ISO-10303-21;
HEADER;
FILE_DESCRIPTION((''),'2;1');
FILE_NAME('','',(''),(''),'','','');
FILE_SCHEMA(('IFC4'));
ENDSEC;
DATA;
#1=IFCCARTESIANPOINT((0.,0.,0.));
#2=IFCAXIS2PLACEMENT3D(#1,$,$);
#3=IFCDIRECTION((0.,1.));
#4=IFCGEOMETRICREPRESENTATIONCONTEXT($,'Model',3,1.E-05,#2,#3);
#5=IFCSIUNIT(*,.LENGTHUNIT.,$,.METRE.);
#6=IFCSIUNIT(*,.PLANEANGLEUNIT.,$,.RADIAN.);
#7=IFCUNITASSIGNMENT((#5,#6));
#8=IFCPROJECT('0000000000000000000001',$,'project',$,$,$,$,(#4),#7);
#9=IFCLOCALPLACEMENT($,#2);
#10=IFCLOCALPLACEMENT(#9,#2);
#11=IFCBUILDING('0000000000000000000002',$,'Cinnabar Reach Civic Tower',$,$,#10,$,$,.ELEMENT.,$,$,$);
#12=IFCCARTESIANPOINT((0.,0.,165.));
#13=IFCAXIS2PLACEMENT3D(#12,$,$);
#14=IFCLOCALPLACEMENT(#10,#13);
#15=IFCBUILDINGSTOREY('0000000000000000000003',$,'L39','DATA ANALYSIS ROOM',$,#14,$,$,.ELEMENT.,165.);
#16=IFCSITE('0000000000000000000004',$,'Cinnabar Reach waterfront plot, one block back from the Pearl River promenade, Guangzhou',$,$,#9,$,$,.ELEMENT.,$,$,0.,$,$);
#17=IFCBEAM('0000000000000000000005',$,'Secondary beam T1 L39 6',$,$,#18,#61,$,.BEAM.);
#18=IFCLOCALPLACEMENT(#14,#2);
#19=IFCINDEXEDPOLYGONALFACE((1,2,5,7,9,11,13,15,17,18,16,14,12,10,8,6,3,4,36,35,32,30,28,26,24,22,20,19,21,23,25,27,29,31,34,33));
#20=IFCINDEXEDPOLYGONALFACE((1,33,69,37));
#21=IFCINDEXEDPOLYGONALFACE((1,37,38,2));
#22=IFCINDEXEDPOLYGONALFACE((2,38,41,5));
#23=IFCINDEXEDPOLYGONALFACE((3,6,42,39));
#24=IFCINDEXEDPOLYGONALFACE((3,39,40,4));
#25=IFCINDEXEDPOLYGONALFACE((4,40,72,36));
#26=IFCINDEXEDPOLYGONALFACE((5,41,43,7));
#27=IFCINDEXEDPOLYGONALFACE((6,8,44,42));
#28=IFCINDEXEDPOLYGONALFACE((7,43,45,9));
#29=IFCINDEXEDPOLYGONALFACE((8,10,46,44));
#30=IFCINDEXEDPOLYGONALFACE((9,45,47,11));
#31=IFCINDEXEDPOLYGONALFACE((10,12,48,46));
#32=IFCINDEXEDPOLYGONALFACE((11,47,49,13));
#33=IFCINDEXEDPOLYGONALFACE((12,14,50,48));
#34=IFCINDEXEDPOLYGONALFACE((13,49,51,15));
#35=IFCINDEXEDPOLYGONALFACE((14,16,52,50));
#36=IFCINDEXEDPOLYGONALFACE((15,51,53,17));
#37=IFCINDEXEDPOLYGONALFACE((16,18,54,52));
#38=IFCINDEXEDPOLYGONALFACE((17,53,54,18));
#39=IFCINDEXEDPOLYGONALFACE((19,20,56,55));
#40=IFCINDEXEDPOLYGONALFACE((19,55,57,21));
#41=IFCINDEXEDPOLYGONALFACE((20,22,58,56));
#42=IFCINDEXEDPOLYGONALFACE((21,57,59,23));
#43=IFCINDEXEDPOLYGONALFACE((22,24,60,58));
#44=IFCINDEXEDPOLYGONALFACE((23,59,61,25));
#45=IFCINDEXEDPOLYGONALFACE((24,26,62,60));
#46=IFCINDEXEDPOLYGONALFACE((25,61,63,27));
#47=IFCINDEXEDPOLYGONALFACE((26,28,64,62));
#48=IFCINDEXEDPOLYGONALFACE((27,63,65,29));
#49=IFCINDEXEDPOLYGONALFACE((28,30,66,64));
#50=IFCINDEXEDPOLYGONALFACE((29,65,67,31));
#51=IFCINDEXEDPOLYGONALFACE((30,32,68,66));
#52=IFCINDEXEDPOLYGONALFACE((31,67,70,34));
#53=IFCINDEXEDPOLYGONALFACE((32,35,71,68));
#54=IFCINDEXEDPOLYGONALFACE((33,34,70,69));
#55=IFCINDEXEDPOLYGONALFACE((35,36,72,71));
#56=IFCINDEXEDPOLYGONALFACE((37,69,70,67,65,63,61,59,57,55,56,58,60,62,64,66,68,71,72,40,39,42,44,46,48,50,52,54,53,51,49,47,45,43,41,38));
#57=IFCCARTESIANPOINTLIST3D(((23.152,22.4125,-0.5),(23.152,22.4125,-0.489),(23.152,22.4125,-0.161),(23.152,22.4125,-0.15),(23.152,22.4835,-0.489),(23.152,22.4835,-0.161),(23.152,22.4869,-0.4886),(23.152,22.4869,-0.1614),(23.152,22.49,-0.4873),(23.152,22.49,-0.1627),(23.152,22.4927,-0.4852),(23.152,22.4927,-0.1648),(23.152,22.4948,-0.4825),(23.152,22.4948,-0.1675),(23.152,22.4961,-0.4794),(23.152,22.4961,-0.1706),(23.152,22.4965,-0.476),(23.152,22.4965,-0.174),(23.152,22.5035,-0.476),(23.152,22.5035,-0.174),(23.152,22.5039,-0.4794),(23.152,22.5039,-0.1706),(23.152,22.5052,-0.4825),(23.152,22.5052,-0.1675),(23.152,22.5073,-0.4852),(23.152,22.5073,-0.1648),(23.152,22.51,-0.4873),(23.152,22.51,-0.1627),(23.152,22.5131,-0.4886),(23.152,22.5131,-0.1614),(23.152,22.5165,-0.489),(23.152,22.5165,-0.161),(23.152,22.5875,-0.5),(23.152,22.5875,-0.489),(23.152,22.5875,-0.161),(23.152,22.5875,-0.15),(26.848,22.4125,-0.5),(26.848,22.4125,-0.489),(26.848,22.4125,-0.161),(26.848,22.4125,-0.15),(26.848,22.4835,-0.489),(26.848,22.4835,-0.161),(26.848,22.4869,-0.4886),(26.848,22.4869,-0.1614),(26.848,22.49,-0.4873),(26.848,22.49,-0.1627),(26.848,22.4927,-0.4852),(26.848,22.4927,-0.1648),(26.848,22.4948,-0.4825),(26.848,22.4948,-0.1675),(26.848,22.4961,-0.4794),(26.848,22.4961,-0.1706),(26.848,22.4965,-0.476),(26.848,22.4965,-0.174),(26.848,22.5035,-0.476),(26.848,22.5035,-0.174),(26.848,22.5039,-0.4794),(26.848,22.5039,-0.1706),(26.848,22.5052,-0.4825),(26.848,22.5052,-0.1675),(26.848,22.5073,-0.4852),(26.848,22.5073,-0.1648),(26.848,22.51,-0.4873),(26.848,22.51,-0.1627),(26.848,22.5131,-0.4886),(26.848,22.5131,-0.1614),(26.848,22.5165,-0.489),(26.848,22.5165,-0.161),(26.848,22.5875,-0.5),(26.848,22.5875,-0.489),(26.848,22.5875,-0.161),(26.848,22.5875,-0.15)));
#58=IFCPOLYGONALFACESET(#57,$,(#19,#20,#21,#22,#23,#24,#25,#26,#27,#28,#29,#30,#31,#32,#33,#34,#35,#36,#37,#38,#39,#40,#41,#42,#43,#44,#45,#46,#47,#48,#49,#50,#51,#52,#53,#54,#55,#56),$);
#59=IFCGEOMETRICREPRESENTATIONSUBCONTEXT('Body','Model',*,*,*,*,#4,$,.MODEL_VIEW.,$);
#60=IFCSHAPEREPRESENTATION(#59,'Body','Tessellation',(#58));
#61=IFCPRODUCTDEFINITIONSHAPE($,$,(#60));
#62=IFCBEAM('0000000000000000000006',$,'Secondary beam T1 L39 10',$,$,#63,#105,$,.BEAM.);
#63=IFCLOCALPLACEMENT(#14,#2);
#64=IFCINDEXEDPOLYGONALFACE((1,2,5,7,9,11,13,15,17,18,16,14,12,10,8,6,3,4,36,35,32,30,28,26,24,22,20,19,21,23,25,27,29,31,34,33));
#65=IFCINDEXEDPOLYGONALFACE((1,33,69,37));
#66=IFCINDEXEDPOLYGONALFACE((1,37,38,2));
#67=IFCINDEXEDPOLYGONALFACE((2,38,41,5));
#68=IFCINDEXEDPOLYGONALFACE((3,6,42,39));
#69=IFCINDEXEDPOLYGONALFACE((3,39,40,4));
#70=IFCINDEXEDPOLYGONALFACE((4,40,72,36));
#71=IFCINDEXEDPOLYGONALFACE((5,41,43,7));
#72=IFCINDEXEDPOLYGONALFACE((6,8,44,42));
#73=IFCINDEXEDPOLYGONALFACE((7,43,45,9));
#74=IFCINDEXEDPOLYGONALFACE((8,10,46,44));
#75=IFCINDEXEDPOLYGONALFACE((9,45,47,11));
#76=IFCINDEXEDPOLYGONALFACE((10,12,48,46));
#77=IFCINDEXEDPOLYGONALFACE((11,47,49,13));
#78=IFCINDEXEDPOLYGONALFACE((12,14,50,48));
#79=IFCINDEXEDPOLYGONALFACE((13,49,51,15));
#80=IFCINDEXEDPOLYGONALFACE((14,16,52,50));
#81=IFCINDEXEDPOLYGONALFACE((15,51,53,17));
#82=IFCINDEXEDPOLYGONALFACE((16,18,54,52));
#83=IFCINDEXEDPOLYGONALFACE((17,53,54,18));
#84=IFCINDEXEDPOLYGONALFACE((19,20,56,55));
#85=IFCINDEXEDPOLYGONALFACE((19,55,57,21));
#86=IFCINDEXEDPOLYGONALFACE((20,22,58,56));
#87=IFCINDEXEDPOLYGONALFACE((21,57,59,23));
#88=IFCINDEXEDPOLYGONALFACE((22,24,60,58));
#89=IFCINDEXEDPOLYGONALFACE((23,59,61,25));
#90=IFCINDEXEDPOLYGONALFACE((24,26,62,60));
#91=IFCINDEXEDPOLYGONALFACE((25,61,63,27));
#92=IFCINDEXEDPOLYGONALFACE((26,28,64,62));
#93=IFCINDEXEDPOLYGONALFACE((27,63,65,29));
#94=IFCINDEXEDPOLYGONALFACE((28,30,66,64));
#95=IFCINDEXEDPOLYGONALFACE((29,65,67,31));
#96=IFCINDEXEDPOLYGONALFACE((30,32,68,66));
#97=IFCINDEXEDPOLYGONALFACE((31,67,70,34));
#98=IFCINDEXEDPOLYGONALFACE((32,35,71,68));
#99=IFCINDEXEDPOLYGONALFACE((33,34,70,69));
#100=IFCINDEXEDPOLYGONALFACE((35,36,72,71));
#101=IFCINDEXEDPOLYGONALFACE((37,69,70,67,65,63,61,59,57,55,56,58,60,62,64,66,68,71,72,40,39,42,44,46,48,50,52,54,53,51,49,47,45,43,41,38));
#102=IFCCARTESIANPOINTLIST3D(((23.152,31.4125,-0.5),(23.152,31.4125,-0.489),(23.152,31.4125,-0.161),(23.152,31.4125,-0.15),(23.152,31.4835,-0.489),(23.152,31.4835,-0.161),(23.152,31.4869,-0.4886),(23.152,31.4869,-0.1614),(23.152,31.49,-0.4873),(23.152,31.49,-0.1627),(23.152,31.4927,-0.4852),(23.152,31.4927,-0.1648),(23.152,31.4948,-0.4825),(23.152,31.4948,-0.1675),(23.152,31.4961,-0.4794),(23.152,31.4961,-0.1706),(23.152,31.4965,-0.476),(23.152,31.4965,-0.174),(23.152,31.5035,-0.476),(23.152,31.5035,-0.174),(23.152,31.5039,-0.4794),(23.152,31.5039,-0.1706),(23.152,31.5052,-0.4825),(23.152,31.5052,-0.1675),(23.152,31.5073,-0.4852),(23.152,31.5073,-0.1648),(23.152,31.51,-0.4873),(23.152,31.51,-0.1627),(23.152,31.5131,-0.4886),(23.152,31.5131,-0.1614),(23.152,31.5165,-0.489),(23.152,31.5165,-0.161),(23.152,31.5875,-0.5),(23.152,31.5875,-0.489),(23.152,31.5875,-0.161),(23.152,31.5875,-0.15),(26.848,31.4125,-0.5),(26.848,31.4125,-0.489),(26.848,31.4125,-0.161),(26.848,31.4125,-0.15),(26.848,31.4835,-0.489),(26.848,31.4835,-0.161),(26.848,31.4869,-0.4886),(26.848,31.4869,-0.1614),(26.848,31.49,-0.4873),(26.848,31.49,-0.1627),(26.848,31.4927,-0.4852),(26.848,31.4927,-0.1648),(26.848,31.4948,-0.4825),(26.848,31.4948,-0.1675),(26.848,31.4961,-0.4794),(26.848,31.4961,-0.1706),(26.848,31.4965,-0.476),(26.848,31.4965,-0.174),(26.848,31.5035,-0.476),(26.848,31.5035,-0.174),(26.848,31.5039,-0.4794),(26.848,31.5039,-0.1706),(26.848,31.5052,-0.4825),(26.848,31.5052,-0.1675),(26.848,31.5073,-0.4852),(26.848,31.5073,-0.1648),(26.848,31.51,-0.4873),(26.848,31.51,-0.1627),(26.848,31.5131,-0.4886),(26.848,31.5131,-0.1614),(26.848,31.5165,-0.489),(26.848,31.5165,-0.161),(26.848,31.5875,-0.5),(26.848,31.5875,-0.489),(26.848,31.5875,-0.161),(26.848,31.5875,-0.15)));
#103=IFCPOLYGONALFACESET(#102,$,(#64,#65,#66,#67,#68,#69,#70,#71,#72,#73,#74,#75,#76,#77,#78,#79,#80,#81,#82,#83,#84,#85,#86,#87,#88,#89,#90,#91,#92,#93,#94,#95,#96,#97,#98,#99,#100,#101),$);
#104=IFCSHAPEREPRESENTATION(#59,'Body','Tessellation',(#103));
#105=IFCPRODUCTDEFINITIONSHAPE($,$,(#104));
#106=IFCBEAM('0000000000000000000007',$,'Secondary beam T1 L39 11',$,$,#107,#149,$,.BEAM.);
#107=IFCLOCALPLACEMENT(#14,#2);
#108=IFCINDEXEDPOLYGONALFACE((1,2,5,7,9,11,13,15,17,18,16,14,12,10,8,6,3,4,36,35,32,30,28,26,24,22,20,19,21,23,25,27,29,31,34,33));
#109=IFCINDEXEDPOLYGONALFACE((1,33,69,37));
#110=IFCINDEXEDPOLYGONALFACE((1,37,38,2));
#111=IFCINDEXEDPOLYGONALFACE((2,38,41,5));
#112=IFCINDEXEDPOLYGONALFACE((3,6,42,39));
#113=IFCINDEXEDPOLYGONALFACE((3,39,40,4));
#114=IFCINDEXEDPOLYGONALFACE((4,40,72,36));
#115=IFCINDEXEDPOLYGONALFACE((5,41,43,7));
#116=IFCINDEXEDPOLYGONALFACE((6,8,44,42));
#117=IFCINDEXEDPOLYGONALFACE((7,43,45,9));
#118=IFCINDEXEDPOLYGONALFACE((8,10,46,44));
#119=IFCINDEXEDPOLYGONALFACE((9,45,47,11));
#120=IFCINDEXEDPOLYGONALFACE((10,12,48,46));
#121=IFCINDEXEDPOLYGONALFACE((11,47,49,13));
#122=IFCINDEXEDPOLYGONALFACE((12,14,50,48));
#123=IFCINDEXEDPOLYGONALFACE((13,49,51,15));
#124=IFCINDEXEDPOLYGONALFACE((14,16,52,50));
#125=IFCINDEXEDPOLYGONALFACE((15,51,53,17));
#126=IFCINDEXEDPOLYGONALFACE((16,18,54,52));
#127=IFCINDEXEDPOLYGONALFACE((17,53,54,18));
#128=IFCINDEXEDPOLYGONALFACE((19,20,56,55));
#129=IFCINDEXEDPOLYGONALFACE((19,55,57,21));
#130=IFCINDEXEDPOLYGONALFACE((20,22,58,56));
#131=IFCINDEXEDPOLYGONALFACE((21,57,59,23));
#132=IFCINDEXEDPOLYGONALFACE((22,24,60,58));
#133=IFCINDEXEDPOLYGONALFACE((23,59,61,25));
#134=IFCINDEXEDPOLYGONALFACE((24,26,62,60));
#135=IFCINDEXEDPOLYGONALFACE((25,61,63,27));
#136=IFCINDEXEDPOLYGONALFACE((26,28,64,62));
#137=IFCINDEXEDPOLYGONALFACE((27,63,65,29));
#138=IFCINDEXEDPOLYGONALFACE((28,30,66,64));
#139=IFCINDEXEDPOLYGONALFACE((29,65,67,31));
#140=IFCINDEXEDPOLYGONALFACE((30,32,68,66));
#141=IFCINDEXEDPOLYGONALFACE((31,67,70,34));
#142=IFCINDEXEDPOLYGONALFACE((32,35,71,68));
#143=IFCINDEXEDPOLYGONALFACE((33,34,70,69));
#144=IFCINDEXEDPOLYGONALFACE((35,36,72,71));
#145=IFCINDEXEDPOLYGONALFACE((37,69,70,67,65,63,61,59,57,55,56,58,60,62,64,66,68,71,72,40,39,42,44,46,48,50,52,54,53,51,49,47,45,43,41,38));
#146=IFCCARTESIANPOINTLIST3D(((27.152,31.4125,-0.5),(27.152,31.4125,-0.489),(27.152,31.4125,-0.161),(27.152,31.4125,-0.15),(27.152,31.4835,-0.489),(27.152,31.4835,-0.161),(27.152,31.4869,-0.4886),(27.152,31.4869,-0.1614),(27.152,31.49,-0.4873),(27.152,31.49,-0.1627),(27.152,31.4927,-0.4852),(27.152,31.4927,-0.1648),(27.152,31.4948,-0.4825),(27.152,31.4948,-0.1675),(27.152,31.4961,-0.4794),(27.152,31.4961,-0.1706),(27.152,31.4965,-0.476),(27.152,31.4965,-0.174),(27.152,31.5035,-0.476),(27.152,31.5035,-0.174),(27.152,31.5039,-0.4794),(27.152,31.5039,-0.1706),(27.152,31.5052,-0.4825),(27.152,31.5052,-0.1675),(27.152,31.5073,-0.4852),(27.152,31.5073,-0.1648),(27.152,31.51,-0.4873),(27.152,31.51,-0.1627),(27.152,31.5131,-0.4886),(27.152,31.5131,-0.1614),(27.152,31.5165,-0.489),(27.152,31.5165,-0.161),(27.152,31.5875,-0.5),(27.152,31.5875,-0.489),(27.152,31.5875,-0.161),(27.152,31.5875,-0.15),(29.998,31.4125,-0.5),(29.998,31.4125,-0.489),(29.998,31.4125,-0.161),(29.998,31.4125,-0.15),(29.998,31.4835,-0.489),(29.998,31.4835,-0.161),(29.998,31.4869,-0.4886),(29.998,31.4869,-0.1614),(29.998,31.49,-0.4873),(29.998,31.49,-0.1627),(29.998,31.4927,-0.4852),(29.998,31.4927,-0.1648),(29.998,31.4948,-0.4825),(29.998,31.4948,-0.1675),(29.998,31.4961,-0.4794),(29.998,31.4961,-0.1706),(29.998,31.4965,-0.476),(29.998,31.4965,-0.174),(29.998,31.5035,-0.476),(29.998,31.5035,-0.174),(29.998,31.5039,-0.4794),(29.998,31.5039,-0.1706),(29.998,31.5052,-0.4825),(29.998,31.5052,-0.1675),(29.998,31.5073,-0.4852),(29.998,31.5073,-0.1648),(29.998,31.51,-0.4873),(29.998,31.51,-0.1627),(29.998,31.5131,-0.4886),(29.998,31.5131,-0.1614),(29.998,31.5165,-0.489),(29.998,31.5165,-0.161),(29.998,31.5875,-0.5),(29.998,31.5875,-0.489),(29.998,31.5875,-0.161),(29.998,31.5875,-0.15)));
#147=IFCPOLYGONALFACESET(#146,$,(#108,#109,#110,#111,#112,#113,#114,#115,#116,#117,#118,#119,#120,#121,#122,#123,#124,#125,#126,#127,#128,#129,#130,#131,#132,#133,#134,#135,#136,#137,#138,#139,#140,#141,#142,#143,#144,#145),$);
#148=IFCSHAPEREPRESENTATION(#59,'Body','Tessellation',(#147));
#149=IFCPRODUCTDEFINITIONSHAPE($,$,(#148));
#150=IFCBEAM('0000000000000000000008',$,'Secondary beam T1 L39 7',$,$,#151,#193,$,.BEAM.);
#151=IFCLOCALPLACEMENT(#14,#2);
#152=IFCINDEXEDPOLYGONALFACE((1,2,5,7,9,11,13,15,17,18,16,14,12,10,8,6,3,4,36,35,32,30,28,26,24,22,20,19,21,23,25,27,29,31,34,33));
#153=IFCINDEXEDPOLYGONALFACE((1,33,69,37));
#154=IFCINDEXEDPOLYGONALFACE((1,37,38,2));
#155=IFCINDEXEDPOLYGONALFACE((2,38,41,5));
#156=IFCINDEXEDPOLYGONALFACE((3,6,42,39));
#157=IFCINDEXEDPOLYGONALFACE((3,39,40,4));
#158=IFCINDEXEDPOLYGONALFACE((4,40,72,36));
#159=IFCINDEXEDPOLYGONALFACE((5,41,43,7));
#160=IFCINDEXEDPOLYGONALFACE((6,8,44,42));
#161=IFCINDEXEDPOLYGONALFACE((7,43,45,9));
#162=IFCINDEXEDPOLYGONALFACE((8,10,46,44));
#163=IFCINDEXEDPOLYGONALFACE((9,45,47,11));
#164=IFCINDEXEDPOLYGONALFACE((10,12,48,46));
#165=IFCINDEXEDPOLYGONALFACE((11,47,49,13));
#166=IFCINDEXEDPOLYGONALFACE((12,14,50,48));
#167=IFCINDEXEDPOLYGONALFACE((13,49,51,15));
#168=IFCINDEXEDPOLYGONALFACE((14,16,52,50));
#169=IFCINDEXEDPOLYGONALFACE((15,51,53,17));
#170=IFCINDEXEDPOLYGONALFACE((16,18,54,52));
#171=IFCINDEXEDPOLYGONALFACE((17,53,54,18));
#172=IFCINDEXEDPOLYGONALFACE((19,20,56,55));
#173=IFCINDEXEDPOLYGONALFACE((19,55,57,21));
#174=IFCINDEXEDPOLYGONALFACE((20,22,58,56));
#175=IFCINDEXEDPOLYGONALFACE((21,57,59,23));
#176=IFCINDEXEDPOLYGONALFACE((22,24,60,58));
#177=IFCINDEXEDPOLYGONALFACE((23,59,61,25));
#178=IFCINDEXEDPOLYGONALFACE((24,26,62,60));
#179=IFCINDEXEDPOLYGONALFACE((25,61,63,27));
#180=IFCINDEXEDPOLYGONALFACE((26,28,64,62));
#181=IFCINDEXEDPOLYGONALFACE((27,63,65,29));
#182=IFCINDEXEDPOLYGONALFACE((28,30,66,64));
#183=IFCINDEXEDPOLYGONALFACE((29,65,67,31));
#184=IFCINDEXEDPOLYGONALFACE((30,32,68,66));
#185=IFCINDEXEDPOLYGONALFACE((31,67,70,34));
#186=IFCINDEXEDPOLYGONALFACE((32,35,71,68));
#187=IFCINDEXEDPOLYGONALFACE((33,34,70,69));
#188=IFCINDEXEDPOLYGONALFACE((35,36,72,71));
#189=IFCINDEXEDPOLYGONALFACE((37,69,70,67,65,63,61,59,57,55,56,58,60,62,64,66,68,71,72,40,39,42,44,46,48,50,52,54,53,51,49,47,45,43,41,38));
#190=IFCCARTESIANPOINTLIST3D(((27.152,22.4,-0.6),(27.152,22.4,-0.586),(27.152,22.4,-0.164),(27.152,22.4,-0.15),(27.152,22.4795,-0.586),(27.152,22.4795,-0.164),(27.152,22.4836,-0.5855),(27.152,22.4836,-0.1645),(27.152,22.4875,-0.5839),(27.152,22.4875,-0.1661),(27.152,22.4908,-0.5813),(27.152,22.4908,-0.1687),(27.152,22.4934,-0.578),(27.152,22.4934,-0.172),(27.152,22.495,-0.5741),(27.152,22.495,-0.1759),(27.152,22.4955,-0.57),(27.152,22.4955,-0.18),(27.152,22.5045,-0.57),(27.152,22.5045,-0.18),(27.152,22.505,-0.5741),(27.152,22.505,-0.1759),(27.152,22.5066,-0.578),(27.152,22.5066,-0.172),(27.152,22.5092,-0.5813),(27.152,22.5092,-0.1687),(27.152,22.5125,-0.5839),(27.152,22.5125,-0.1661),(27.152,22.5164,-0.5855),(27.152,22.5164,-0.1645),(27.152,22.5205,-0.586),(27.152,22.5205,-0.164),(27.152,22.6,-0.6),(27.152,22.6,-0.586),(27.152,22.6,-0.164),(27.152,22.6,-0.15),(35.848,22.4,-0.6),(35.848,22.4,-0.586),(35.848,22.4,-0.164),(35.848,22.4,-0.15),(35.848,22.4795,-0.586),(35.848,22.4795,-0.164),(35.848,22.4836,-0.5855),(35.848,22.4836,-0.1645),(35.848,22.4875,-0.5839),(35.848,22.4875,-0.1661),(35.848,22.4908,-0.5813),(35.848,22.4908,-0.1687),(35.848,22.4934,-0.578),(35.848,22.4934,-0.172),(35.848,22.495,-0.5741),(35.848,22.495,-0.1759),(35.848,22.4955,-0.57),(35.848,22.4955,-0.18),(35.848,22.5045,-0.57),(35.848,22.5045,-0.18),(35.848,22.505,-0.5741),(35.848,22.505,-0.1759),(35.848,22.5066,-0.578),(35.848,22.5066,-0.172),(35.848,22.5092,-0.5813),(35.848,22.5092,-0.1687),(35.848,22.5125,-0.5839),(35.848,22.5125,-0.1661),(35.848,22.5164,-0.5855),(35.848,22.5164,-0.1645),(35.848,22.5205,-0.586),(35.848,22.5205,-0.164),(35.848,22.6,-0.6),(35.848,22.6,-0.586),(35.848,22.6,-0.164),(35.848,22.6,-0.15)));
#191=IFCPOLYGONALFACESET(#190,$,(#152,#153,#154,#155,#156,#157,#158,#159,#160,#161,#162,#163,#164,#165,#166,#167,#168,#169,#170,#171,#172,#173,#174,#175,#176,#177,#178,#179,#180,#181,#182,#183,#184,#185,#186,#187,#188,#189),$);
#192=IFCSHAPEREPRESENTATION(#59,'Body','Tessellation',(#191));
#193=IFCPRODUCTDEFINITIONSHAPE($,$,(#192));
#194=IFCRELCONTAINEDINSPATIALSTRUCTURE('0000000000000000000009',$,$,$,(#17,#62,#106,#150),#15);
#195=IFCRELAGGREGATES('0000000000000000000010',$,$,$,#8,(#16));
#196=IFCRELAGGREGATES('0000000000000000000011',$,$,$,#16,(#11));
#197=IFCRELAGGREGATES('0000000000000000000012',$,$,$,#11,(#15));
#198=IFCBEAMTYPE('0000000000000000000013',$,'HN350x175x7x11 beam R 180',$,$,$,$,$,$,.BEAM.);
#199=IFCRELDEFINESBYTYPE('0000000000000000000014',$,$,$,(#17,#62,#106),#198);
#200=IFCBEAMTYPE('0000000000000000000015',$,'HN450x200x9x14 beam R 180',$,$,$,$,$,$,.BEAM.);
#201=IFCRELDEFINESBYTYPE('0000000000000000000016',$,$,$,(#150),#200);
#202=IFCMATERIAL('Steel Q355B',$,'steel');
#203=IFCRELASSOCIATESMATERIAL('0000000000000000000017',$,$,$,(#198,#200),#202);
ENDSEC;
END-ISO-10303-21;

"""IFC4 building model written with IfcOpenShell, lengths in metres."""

from ifc_helpers import new_model, si_unit, direction, frame, origin, origin_2d, place, context, subcontext, project, spatial, i_section, extrude, material, material_profile, profile_set, type_object, element, save


model = new_model("IFC4")

# Units and contexts
model_context = context("Model", 3, precision=1e-05, world=origin(), true_north=direction((0.0, 1.0)))
body_context = subcontext(model_context, "Body", "Model", "MODEL_VIEW")
ifc_project = project(units=[si_unit("LENGTHUNIT", "METRE"), si_unit("PLANEANGLEUNIT", "RADIAN")], contexts=[model_context])

# Site, building, storey
site_placement = place(None, origin())
site = spatial("IfcSite", under=ifc_project, at=site_placement, Name="Cinnabar Reach waterfront plot, one block back from the Pearl River promenade, Guangzhou", CompositionType="ELEMENT", RefElevation=0.0)
building_placement = place(site_placement, origin())
building = spatial("IfcBuilding", under=site, at=building_placement, Name="Cinnabar Reach Civic Tower", CompositionType="ELEMENT")
storey_placement = place(building_placement, frame((0.0, 0.0, 165.0)))
storey = spatial("IfcBuildingStorey", under=building, at=storey_placement, Name="L39", Description="DATA ANALYSIS ROOM", CompositionType="ELEMENT", Elevation=165.0)

# Beams
ifc_material_1 = material(Name="Steel Q355B", Category="steel")
ifc_material_profile_1 = material_profile(ifc_material_1, i_section(OverallWidth=0.175, OverallDepth=0.35, WebThickness=0.007, FlangeThickness=0.011, FilletRadius=0.013, at=origin_2d()), Name="HN350x175x7x11")
ifc_profile_set_1 = profile_set([ifc_material_profile_1], Name="Steel Q355B")
beam_type_1 = type_object("IfcBeamType", Name="HN350x175x7x11 beam R 180", PredefinedType="BEAM", material=ifc_profile_set_1)
for number, where, z_axis, x_axis, name in (
    (1, (23.152, 22.5, -0.325), (1.0, 0.0, 0.0), (0.0, 1.0, 0.0), "Secondary beam T1 L39 6"),
    (2, (23.152, 31.5, -0.325), (1.0, 0.0, 0.0), (0.0, 1.0, 0.0), "Secondary beam T1 L39 10"),
):
    element("IfcBeam", number, at=place(storey_placement, frame(where, z_axis=z_axis, x_axis=x_axis)), inside=storey, type_object=beam_type_1, Name=name, PredefinedType="BEAM", context=body_context, shape_type="SweptSolid", body=[
        extrude(i_section(OverallWidth=0.175, OverallDepth=0.35, WebThickness=0.007, FlangeThickness=0.011, FilletRadius=0.013, at=origin_2d()), origin(), (0.0, 0.0, 1.0), 3.696),
    ])
beam_1_placement = place(storey_placement, frame((27.152, 31.5, -0.325), z_axis=(1.0, 0.0, 0.0), x_axis=(0.0, 1.0, 0.0)))
element("IfcBeam", 3, at=beam_1_placement, inside=storey, type_object=beam_type_1, Name="Secondary beam T1 L39 11", PredefinedType="BEAM", context=body_context, shape_type="SweptSolid", body=[
    extrude(i_section(OverallWidth=0.175, OverallDepth=0.35, WebThickness=0.007, FlangeThickness=0.011, FilletRadius=0.013, at=origin_2d()), origin(), (0.0, 0.0, 1.0), 2.846),
])
ifc_material_profile_2 = material_profile(ifc_material_1, i_section(OverallWidth=0.2, OverallDepth=0.45, WebThickness=0.009, FlangeThickness=0.014, FilletRadius=0.016, at=origin_2d()), Name="HN450x200x9x14")
ifc_profile_set_2 = profile_set([ifc_material_profile_2], Name="Steel Q355B")
beam_type_2 = type_object("IfcBeamType", Name="HN450x200x9x14 beam R 180", PredefinedType="BEAM", material=ifc_profile_set_2)
beam_2_placement = place(storey_placement, frame((27.152, 22.5, -0.375), z_axis=(1.0, 0.0, 0.0), x_axis=(0.0, 1.0, 0.0)))
element("IfcBeam", 4, at=beam_2_placement, inside=storey, type_object=beam_type_2, Name="Secondary beam T1 L39 7", PredefinedType="BEAM", context=body_context, shape_type="SweptSolid", body=[
    extrude(i_section(OverallWidth=0.2, OverallDepth=0.45, WebThickness=0.009, FlangeThickness=0.014, FilletRadius=0.016, at=origin_2d()), origin(), (0.0, 0.0, 1.0), 8.696),
])

save(model, "model.ifc")
